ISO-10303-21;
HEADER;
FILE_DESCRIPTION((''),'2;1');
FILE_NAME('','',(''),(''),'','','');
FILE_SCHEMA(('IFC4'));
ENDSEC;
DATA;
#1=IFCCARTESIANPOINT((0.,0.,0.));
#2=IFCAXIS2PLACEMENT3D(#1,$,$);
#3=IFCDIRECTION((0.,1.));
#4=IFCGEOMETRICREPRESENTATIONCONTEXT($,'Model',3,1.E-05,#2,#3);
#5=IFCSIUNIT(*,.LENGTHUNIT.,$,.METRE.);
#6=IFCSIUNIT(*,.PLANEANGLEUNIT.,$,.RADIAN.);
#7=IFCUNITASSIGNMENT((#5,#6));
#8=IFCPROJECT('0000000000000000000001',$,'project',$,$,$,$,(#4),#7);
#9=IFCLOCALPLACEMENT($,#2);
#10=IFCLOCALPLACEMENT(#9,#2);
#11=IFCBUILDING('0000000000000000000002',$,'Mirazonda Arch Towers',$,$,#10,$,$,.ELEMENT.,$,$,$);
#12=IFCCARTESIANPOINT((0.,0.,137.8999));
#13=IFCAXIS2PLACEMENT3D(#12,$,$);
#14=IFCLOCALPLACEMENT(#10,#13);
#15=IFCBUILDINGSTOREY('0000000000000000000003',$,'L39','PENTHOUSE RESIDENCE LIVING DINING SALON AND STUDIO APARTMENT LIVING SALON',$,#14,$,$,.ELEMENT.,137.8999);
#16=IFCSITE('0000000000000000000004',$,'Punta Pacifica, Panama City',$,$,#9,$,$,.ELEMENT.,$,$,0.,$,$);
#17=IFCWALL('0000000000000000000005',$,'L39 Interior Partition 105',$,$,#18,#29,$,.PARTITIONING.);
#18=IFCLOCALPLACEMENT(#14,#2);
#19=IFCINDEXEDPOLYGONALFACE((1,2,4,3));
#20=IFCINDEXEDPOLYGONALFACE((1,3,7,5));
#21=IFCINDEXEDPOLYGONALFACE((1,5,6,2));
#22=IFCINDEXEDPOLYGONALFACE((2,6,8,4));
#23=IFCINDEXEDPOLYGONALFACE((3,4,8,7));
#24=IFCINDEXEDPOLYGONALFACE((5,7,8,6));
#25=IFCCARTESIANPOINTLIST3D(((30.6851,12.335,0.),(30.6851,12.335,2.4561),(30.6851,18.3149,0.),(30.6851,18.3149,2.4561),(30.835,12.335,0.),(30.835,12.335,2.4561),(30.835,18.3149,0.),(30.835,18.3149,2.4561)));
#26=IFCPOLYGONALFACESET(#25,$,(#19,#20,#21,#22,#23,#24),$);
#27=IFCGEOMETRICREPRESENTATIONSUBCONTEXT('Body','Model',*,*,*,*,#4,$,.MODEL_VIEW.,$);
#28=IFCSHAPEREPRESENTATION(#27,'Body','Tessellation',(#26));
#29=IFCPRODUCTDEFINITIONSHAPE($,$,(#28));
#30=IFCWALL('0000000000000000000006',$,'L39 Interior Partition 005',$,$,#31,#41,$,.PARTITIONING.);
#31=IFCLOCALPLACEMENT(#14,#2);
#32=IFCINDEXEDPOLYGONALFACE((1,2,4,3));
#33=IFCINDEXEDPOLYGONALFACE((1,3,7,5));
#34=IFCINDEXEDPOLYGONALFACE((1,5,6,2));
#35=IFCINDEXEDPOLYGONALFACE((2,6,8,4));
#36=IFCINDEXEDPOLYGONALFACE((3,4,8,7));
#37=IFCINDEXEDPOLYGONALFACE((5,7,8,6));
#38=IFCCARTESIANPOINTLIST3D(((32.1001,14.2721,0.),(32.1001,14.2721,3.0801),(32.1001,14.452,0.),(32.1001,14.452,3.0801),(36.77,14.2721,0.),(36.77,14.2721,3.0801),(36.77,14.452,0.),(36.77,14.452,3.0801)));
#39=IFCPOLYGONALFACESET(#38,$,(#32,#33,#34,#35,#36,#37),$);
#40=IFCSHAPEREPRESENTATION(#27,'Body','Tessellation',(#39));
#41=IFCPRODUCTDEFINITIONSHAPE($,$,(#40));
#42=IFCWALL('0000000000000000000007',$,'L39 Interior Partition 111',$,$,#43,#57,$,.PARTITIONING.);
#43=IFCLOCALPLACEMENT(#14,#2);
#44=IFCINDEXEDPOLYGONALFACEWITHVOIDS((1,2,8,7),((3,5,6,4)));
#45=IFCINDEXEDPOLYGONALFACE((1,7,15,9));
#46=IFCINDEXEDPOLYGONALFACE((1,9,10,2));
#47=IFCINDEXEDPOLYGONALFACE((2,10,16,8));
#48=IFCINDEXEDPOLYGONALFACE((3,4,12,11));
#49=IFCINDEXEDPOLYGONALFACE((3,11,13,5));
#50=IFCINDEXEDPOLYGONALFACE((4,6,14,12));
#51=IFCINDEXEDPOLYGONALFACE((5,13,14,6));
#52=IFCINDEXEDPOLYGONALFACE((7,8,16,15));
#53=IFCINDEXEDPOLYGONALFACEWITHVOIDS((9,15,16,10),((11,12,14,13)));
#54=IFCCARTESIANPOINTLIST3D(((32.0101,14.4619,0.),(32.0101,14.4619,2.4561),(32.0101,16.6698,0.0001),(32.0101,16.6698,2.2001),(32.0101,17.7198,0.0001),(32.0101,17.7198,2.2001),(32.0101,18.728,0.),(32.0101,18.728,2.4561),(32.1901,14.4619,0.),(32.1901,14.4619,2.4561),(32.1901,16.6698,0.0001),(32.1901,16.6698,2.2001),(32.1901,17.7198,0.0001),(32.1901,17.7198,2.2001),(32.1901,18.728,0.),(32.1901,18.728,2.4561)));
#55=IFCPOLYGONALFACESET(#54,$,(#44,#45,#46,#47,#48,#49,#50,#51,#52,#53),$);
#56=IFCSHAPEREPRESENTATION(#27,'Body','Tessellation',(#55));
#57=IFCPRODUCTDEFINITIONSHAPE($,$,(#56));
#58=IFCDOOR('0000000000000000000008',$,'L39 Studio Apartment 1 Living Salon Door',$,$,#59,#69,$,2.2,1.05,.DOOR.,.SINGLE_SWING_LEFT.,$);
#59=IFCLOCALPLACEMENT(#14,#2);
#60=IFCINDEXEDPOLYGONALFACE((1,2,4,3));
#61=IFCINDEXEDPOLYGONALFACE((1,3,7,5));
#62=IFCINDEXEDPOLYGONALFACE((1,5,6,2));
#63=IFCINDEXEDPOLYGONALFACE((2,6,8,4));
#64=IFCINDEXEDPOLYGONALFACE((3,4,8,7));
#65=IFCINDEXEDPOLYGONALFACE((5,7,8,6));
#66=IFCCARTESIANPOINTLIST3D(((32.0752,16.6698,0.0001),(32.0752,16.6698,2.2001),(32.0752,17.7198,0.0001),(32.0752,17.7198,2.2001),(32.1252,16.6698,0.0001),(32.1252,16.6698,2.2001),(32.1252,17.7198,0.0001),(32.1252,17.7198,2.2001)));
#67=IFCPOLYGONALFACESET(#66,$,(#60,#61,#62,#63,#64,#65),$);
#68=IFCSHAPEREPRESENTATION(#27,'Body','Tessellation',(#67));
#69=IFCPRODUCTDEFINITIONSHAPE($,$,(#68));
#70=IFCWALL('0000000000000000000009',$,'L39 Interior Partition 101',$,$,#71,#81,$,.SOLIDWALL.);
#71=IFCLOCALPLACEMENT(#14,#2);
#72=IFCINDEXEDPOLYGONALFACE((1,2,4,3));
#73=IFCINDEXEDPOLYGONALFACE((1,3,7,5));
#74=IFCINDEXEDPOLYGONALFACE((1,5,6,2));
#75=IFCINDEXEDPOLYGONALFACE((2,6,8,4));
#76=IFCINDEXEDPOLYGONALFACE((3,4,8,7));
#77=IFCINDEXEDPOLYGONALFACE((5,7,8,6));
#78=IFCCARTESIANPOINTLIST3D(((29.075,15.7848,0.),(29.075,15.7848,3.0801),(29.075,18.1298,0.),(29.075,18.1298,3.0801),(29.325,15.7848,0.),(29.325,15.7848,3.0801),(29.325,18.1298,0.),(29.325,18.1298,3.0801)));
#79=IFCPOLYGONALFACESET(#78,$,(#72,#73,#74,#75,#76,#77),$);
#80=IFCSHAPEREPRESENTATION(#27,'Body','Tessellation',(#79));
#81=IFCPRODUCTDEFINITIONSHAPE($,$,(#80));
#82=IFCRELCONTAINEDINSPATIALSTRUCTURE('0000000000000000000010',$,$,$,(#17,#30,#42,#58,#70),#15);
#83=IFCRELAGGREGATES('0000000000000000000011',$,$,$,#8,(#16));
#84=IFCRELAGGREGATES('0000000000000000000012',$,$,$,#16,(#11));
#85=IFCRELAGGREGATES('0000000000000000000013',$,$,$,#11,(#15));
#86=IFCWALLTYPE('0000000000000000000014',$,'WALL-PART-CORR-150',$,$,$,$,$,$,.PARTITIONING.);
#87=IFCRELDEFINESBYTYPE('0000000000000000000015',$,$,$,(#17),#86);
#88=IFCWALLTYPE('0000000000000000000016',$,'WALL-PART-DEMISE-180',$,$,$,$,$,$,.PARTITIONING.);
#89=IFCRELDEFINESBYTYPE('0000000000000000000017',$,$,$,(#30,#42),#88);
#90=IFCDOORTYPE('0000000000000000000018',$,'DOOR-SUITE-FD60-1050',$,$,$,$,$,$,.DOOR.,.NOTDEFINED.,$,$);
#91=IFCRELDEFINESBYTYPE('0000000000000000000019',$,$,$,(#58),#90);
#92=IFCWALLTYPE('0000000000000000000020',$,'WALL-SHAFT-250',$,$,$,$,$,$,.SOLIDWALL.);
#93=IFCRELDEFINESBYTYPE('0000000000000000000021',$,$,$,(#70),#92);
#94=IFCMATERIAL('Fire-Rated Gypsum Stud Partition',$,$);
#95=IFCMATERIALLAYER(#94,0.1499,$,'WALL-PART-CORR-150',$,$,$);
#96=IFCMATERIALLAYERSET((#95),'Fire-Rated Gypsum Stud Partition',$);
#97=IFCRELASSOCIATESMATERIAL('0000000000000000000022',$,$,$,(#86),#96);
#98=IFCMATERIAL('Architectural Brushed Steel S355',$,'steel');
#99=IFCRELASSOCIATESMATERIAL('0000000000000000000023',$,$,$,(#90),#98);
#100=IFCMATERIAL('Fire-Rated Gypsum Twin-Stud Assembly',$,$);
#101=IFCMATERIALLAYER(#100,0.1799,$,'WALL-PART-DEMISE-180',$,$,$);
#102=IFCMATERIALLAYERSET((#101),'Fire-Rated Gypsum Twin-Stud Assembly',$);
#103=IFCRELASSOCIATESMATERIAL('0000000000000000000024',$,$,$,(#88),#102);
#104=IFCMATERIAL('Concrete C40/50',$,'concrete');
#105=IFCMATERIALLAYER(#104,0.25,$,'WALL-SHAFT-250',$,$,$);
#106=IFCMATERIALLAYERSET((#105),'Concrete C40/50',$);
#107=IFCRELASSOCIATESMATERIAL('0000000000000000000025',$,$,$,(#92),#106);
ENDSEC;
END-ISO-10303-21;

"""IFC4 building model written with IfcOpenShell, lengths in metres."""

from ifc_helpers import new_model, si_unit, direction, frame, frame_2d, origin, place, context, subcontext, project, spatial, rectangle, extrude, material, layer, layer_set, type_object, element, fill, save


model = new_model("IFC4")

# Units and contexts
model_context = context("Model", 3, precision=1e-05, world=origin(), true_north=direction((0.0, 1.0)))
body_context = subcontext(model_context, "Body", "Model", "MODEL_VIEW")
ifc_project = project(units=[si_unit("LENGTHUNIT", "METRE"), si_unit("PLANEANGLEUNIT", "RADIAN")], contexts=[model_context])

# Site, building, storey
site_placement = place(None, origin())
site = spatial("IfcSite", under=ifc_project, at=site_placement, Name="Punta Pacifica, Panama City", CompositionType="ELEMENT", RefElevation=0.0)
building_placement = place(site_placement, origin())
building = spatial("IfcBuilding", under=site, at=building_placement, Name="Mirazonda Arch Towers", CompositionType="ELEMENT")
storey_placement = place(building_placement, frame((0.0, 0.0, 137.8999)))
storey = spatial("IfcBuildingStorey", under=building, at=storey_placement, Name="L39", Description="PENTHOUSE RESIDENCE LIVING DINING SALON AND STUDIO APARTMENT LIVING SALON", CompositionType="ELEMENT", Elevation=137.8999)

# Shared definitions
ifc_material_1 = material(Name="Fire-Rated Gypsum Stud Partition")
ifc_layer_1 = layer(ifc_material_1, 0.1499, Name="WALL-PART-CORR-150")
ifc_layer_set_1 = layer_set([ifc_layer_1], Name="Fire-Rated Gypsum Stud Partition")
wall_type_1 = type_object("IfcWallType", Name="WALL-PART-CORR-150", PredefinedType="PARTITIONING", material=ifc_layer_set_1)

# Shared definitions
ifc_material_2 = material(Name="Architectural Brushed Steel S355", Category="steel")
door_type_1 = type_object("IfcDoorType", Name="DOOR-SUITE-FD60-1050", OperationType="NOTDEFINED", PredefinedType="DOOR", material=ifc_material_2)

# Walls
wall_1_placement = place(storey_placement, frame((30.76, 12.335, 0.0), z_axis=(0.0, 0.0, 1.0), x_axis=(0.0, 1.0, 0.0)))
element("IfcWall", 1, at=wall_1_placement, inside=storey, type_object=wall_type_1, Name="L39 Interior Partition 105", PredefinedType="PARTITIONING", context=body_context, shape_type="SweptSolid", body=[
    extrude(rectangle(XDim=5.98, YDim=0.1499, at=frame_2d((2.99, 0.0))), origin(), (0.0, 0.0, 1.0), 2.4561),
])
ifc_material_3 = material(Name="Fire-Rated Gypsum Twin-Stud Assembly")
ifc_layer_2 = layer(ifc_material_3, 0.1799, Name="WALL-PART-DEMISE-180")
ifc_layer_set_2 = layer_set([ifc_layer_2], Name="Fire-Rated Gypsum Twin-Stud Assembly")
wall_type_2 = type_object("IfcWallType", Name="WALL-PART-DEMISE-180", PredefinedType="PARTITIONING", material=ifc_layer_set_2)
wall_2_placement = place(storey_placement, frame((32.1001, 14.3621, 0.0), z_axis=(0.0, 0.0, 1.0), x_axis=(1.0, 0.0, 0.0)))
element("IfcWall", 2, at=wall_2_placement, inside=storey, type_object=wall_type_2, Name="L39 Interior Partition 005", PredefinedType="PARTITIONING", context=body_context, shape_type="SweptSolid", body=[
    extrude(rectangle(XDim=4.6699, YDim=0.1799, at=frame_2d((2.335, 0.0))), origin(), (0.0, 0.0, 1.0), 3.0801),
])

# Wall, opening, door
wall_3_placement = place(storey_placement, frame((32.1001, 14.4619, 0.0), z_axis=(0.0, 0.0, 1.0), x_axis=(0.0, 1.0, 0.0)))
wall_3 = element("IfcWall", 3, at=wall_3_placement, inside=storey, type_object=wall_type_2, Name="L39 Interior Partition 111", PredefinedType="PARTITIONING", context=body_context, shape_type="SweptSolid", body=[
    extrude(rectangle(XDim=4.2661, YDim=0.1799, at=frame_2d((2.1331, 0.0))), origin(), (0.0, 0.0, 1.0), 2.4561),
])
opening_1_placement = place(wall_3_placement, frame((2.208, 0.0, 0.0)))
opening_1 = element("IfcOpeningElement", 4, at=opening_1_placement, cuts=wall_3, PredefinedType="OPENING", context=body_context, shape_type="SweptSolid", body=[
    extrude(rectangle(XDim=1.05, YDim=2.2, at=frame_2d((0.5249, 1.1001))), frame((0.0, 0.0999, 0.0), z_axis=(0.0, -1.0, 0.0), x_axis=(1.0, 0.0, 0.0)), (0.0, 0.0, 1.0), 0.2),
])
door_1_placement = place(opening_1_placement, origin())
door_1 = element("IfcDoor", 5, at=door_1_placement, inside=storey, type_object=door_type_1, Name="L39 Studio Apartment 1 Living Salon Door", OperationType="SINGLE_SWING_LEFT", OverallHeight=2.2, OverallWidth=1.05, PredefinedType="DOOR", context=body_context, shape_type="SweptSolid", body=[
    extrude(rectangle(XDim=1.05, YDim=2.2, at=frame_2d((0.5249, 1.1001))), frame((0.0, 0.0249, 0.0), z_axis=(0.0, -1.0, 0.0), x_axis=(1.0, 0.0, 0.0)), (0.0, 0.0, 1.0), 0.05),
])
fill(opening_1, door_1)

# Wall
ifc_material_4 = material(Name="Concrete C40/50", Category="concrete")
ifc_layer_3 = layer(ifc_material_4, 0.25, Name="WALL-SHAFT-250")
ifc_layer_set_3 = layer_set([ifc_layer_3], Name="Concrete C40/50")
wall_type_3 = type_object("IfcWallType", Name="WALL-SHAFT-250", PredefinedType="SOLIDWALL", material=ifc_layer_set_3)
wall_4_placement = place(storey_placement, frame((29.2, 15.7849, 0.0), z_axis=(0.0, 0.0, 1.0), x_axis=(0.0, 1.0, 0.0)))
element("IfcWall", 6, at=wall_4_placement, inside=storey, type_object=wall_type_3, Name="L39 Interior Partition 101", PredefinedType="SOLIDWALL", context=body_context, shape_type="SweptSolid", body=[
    extrude(rectangle(XDim=2.345, YDim=0.25, at=frame_2d((1.1724, 0.0))), origin(), (0.0, 0.0, 1.0), 3.0801),
])

save(model, "model.ifc")
